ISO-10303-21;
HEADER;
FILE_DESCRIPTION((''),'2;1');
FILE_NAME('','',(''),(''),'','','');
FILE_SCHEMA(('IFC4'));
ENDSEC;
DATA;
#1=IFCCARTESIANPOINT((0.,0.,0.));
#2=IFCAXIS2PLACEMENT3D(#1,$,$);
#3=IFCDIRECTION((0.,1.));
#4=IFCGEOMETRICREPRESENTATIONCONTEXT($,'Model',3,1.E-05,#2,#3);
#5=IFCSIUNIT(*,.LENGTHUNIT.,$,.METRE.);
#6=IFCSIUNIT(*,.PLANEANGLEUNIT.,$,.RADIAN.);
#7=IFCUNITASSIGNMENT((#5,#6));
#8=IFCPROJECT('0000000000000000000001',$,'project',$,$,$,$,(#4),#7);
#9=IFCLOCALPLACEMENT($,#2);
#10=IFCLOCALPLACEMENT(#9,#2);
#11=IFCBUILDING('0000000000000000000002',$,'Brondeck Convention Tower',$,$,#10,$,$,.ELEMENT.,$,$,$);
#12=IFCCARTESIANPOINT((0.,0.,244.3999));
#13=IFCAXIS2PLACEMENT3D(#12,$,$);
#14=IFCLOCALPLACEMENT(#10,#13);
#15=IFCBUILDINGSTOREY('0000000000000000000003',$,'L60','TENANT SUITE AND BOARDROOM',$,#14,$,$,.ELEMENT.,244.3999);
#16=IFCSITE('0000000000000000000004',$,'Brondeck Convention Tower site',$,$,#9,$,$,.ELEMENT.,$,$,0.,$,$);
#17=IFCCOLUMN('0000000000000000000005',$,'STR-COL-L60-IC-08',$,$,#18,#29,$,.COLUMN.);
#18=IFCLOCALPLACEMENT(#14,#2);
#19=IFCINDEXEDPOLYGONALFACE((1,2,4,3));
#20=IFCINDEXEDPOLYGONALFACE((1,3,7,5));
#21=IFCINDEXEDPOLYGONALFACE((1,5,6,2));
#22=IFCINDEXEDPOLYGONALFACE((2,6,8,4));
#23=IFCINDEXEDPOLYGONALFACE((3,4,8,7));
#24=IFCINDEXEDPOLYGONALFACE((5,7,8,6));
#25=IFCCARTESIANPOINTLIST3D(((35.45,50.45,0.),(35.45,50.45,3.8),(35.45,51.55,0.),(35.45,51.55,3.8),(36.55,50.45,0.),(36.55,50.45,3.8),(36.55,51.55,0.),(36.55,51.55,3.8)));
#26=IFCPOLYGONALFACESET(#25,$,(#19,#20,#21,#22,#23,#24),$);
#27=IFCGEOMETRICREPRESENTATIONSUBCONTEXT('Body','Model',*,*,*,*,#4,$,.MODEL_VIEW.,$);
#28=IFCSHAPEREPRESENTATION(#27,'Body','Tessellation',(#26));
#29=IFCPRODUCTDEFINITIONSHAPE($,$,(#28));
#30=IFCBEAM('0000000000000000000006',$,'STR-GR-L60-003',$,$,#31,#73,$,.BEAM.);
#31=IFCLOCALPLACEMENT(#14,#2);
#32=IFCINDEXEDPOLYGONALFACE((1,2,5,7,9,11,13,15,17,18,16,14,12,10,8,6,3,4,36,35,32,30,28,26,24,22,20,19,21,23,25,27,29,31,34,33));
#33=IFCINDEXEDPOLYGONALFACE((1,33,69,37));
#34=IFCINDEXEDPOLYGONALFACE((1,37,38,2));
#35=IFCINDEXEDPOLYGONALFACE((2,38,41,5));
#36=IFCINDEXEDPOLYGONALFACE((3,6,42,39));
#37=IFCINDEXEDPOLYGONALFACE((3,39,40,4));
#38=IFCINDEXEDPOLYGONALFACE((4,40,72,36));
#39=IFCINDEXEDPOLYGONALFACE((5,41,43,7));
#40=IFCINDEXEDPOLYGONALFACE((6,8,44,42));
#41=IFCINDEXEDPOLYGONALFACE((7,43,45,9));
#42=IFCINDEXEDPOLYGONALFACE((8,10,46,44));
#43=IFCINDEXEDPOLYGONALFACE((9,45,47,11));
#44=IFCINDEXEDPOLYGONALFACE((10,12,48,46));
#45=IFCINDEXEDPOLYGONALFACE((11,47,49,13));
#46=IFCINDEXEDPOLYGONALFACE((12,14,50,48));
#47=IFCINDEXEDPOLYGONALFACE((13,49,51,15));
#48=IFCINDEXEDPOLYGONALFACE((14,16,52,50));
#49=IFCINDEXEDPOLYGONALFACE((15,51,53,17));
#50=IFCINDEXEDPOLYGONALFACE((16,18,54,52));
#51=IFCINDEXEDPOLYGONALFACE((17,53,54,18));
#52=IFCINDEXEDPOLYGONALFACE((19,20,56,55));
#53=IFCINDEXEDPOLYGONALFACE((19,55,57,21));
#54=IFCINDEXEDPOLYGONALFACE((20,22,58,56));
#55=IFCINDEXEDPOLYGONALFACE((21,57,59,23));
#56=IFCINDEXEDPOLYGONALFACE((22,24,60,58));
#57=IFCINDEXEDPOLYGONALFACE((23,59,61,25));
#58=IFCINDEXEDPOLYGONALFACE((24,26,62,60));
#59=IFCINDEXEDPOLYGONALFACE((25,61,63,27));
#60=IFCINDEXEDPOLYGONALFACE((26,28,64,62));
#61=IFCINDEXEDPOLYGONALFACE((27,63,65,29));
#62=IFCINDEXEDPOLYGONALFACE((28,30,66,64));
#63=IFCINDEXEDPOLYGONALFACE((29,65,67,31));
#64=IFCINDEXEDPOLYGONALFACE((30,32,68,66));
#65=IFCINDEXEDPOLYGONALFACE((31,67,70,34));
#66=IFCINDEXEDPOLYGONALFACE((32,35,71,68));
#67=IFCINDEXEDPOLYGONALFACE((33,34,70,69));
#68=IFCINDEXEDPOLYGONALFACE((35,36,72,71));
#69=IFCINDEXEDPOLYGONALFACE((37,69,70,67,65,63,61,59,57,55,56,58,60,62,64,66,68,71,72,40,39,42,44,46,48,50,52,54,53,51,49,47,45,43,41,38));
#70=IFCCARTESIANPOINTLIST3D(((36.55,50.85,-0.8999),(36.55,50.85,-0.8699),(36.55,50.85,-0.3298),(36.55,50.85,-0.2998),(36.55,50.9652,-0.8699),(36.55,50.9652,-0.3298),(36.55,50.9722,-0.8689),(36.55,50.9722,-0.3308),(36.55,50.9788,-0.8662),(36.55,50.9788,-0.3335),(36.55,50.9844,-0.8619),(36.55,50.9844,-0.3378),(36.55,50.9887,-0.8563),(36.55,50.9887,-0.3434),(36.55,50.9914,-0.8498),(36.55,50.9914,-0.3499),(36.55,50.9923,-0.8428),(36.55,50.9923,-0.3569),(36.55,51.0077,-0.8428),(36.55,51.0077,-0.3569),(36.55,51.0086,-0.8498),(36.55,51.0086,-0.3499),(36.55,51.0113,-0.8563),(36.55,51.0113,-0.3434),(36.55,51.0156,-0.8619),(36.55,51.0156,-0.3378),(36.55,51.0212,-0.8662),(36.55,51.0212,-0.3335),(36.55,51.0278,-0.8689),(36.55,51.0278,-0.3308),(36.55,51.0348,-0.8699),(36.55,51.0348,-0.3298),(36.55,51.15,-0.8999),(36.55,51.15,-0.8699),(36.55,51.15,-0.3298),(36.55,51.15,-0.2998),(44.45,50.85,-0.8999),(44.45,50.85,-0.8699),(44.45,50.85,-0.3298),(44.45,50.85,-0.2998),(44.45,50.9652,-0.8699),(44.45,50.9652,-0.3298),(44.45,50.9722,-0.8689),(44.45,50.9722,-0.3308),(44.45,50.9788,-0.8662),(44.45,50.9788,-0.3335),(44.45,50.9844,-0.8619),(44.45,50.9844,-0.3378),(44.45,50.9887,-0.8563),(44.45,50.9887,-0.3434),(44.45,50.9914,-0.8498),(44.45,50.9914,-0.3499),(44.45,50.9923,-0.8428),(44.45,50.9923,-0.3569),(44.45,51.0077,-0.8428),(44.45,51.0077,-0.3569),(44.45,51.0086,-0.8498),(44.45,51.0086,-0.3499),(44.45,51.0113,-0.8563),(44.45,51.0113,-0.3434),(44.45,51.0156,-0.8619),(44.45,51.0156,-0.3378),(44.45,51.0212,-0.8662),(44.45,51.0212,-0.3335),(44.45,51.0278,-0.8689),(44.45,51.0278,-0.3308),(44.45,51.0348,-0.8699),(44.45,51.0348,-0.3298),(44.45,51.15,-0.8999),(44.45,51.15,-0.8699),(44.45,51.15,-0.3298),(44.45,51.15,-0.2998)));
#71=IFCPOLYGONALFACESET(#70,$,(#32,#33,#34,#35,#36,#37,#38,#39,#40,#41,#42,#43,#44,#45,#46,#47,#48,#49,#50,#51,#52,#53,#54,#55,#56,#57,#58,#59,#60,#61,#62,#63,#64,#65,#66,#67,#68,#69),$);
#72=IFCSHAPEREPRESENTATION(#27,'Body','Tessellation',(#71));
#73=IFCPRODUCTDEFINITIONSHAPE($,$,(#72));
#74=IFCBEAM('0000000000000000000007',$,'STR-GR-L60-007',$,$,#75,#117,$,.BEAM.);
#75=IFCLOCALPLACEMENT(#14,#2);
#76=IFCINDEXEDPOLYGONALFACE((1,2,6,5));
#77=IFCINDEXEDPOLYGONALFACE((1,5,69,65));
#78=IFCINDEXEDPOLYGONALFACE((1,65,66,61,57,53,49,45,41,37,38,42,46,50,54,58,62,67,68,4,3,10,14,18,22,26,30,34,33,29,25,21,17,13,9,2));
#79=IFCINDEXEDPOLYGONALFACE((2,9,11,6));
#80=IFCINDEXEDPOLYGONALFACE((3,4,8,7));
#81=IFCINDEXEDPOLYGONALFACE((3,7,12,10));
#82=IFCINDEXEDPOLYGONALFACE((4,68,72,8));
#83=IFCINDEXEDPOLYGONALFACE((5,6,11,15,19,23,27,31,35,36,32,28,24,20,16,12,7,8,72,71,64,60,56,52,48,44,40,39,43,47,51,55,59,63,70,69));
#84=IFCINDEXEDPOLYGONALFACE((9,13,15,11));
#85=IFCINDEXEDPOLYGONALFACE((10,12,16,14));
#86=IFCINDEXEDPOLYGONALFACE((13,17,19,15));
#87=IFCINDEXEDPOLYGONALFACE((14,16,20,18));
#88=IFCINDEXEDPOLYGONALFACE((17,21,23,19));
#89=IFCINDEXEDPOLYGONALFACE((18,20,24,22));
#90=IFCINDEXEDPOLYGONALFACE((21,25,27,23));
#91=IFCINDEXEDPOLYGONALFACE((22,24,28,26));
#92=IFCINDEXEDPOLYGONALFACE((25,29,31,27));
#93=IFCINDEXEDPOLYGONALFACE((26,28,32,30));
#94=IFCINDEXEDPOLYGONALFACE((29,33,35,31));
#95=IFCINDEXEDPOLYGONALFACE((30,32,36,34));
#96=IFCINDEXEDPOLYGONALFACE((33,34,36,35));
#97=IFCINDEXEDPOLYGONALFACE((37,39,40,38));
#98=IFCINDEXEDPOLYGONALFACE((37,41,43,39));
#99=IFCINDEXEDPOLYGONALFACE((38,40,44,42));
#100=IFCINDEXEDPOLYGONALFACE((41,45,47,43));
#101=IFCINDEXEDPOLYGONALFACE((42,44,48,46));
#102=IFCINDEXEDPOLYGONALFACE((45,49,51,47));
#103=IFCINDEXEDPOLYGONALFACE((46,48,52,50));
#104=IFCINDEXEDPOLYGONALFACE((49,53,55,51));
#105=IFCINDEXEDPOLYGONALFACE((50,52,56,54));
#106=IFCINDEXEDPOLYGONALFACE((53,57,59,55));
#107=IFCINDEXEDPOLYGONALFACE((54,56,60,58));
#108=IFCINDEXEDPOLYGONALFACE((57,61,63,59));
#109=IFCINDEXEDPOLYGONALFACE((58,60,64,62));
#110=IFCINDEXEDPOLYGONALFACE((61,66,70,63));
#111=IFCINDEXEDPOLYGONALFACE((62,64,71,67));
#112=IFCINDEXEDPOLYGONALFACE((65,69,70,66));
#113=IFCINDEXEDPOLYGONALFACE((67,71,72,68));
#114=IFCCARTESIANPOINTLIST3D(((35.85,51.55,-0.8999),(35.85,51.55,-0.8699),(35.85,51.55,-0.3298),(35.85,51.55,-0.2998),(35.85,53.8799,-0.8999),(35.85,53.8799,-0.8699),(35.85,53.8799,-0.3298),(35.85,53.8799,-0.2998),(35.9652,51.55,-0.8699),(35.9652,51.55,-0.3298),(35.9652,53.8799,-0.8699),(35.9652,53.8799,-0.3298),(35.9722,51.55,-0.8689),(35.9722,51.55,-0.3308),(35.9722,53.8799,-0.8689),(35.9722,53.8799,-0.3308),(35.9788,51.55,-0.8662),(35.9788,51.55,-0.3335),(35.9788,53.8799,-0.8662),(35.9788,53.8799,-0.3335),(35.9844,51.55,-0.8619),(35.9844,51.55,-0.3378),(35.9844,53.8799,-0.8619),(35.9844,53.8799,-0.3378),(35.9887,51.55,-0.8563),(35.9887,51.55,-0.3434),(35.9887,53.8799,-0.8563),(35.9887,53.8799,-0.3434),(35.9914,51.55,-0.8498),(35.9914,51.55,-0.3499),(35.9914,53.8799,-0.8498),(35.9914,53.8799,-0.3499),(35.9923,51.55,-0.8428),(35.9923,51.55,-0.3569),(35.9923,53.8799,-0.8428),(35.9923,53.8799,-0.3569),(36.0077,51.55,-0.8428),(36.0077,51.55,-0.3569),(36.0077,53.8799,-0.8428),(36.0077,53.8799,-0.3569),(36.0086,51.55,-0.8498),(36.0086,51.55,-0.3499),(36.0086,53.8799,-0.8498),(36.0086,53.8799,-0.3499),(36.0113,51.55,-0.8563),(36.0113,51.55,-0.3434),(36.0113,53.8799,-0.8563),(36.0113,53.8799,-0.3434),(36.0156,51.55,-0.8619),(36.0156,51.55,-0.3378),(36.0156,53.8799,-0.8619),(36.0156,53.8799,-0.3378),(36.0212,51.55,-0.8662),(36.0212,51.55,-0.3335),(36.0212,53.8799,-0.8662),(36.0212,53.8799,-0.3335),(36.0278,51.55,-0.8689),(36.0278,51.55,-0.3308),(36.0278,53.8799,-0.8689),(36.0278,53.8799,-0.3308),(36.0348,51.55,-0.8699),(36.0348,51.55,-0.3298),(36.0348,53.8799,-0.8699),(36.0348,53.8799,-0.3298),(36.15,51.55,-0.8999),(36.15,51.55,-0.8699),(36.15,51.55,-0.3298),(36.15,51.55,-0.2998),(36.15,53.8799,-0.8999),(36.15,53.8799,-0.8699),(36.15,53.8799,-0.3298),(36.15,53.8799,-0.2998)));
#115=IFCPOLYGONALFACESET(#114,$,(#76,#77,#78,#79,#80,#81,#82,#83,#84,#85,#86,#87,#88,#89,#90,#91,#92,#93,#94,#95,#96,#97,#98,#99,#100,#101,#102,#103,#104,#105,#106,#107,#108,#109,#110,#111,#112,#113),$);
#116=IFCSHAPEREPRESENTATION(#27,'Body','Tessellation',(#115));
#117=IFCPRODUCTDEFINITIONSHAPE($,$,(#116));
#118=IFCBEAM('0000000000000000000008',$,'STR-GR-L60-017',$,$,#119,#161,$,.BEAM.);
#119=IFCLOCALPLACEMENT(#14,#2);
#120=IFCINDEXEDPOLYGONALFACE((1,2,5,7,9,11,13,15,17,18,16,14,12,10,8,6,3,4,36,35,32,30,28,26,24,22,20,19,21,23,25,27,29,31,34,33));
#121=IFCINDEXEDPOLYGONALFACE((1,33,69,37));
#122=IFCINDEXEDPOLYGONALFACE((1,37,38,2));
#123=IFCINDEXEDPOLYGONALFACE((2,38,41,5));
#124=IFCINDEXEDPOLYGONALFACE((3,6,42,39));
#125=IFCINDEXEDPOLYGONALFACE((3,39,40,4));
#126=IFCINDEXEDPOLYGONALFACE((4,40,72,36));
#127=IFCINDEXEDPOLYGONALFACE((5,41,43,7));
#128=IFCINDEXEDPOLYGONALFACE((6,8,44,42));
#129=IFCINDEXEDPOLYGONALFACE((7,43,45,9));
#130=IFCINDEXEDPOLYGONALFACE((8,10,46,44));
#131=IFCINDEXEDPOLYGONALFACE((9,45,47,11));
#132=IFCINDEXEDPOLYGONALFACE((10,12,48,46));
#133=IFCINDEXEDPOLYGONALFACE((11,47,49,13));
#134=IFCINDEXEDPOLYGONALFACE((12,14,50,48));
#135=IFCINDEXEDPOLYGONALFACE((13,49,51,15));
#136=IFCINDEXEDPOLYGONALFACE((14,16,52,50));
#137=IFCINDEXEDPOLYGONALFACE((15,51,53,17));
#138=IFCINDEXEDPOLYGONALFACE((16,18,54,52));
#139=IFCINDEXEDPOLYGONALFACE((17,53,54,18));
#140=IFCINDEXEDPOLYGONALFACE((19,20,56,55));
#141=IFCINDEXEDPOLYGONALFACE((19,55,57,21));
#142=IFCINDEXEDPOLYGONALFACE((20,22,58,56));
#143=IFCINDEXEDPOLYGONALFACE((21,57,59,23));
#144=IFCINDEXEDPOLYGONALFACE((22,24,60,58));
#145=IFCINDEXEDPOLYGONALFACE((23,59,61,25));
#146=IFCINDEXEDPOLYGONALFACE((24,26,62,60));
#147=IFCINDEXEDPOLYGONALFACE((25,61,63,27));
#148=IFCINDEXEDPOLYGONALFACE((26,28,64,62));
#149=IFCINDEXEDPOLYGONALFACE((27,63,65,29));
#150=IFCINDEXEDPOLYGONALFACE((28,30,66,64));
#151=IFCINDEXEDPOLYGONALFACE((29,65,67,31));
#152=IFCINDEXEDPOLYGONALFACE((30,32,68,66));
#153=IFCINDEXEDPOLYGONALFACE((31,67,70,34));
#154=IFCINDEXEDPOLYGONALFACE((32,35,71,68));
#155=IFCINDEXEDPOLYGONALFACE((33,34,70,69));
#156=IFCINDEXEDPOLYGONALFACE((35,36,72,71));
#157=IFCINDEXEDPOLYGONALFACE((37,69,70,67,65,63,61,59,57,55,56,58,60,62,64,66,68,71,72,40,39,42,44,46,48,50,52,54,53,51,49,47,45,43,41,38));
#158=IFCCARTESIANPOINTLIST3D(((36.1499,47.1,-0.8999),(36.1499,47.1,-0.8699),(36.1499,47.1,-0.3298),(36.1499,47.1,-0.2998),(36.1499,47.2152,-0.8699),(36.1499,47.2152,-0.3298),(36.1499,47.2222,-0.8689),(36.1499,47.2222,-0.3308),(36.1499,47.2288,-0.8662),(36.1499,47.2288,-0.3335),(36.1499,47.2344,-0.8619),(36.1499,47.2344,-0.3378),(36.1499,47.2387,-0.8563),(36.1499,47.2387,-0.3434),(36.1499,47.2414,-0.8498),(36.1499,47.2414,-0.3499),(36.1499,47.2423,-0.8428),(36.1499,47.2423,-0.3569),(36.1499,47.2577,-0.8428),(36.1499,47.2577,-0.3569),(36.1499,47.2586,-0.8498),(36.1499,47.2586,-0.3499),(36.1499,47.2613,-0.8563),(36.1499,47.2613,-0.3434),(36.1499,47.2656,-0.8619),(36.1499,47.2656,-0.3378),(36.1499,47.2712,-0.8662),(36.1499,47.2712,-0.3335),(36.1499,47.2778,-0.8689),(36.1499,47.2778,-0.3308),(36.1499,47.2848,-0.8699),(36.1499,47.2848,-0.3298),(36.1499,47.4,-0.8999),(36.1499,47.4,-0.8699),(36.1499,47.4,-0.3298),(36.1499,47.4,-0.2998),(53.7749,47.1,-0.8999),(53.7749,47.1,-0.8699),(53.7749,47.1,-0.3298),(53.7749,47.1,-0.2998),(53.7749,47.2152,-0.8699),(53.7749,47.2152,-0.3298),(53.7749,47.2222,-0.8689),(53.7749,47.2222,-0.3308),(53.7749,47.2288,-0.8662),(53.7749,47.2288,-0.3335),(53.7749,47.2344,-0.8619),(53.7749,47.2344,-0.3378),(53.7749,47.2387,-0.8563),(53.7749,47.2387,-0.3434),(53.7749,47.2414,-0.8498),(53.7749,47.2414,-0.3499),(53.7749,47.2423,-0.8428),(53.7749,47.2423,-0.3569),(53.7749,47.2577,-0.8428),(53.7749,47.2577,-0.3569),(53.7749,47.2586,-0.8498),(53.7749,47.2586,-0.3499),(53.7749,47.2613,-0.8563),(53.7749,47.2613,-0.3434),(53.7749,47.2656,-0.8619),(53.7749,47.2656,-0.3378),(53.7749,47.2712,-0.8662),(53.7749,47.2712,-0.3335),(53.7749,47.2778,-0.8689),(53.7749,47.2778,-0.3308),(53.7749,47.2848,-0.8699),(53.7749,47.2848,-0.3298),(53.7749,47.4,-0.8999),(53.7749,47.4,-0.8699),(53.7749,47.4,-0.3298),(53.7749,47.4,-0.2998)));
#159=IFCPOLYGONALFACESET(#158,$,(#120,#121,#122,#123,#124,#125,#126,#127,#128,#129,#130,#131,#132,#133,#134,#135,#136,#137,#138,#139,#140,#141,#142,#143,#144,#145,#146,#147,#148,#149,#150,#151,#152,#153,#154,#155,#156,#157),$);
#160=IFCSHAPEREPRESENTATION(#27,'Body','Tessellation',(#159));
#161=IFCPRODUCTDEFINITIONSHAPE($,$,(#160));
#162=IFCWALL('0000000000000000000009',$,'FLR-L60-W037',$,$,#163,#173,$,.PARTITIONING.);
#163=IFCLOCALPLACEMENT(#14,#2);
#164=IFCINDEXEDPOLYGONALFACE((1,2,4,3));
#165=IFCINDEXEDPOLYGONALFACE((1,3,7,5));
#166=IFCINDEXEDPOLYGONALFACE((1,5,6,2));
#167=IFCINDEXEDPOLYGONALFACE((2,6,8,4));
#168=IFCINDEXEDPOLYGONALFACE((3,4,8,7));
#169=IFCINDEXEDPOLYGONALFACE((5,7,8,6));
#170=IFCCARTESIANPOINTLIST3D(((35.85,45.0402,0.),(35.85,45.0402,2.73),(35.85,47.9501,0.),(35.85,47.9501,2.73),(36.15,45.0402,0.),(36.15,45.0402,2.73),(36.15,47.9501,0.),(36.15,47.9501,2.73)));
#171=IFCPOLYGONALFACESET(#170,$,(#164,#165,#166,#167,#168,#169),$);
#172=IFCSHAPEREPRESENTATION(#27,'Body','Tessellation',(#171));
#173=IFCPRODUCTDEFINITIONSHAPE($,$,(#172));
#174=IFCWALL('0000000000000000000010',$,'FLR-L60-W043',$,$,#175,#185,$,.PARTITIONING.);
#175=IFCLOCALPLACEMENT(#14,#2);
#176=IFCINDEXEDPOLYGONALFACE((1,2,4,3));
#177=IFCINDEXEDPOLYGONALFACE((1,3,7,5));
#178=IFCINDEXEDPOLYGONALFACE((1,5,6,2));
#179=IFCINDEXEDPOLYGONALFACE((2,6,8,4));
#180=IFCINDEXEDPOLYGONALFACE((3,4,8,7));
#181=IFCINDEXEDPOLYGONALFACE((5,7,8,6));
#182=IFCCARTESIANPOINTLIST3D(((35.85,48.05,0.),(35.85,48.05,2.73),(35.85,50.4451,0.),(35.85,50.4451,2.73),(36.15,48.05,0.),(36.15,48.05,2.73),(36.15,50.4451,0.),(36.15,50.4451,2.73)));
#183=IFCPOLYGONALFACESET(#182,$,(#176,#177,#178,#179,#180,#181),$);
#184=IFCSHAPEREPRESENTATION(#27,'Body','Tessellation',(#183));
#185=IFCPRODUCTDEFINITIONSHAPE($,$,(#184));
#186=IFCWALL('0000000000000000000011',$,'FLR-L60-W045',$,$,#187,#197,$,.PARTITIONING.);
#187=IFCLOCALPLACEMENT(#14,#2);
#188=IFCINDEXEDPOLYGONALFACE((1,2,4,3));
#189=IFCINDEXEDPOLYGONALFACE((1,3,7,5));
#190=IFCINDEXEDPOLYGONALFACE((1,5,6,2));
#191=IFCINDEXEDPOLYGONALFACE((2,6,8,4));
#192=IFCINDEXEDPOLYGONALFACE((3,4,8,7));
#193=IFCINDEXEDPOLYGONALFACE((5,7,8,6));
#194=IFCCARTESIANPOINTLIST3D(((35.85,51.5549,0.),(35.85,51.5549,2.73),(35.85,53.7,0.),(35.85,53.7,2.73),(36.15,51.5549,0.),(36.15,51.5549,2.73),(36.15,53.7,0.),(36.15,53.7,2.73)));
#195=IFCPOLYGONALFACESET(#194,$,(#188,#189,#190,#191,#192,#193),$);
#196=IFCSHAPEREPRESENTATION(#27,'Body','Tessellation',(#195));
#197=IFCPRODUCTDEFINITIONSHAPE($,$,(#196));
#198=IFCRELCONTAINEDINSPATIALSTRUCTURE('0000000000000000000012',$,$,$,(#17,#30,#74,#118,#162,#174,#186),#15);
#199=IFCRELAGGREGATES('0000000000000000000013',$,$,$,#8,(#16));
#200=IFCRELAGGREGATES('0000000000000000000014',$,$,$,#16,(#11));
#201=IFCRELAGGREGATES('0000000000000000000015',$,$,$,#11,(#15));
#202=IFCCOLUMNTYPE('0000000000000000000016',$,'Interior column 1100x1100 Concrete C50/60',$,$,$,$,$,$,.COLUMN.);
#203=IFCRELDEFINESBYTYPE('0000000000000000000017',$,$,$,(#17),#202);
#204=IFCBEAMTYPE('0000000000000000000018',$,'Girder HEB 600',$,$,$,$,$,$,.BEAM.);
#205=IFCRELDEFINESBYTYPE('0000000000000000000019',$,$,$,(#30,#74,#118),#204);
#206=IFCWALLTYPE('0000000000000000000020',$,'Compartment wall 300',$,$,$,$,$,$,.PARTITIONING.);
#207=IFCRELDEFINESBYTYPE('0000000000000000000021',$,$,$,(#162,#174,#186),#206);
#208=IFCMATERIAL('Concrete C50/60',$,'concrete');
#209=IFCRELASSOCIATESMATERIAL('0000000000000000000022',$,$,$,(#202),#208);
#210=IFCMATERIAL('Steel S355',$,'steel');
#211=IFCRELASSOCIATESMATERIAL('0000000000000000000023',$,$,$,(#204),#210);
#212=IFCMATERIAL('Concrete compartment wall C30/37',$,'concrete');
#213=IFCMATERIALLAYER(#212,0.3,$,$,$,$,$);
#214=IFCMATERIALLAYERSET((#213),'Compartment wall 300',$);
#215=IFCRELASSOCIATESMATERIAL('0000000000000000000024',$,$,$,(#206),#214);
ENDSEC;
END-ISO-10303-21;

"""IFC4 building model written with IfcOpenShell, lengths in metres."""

from ifc_helpers import new_model, si_unit, direction, frame, frame_2d, origin, origin_2d, place, context, subcontext, project, spatial, rectangle, i_section, extrude, material, layer, layer_set, material_profile, profile_set, type_object, element, save


model = new_model("IFC4")

# Units and contexts
model_context = context("Model", 3, precision=1e-05, world=origin(), true_north=direction((0.0, 1.0)))
body_context = subcontext(model_context, "Body", "Model", "MODEL_VIEW")
ifc_project = project(units=[si_unit("LENGTHUNIT", "METRE"), si_unit("PLANEANGLEUNIT", "RADIAN")], contexts=[model_context])

# Site, building, storey
site_placement = place(None, origin())
site = spatial("IfcSite", under=ifc_project, at=site_placement, Name="Brondeck Convention Tower site", CompositionType="ELEMENT", RefElevation=0.0)
building_placement = place(site_placement, origin())
building = spatial("IfcBuilding", under=site, at=building_placement, Name="Brondeck Convention Tower", CompositionType="ELEMENT")
storey_placement = place(building_placement, frame((0.0, 0.0, 244.3999)))
storey = spatial("IfcBuildingStorey", under=building, at=storey_placement, Name="L60", Description="TENANT SUITE AND BOARDROOM", CompositionType="ELEMENT", Elevation=244.3999)

# Column
ifc_material_1 = material(Name="Concrete C50/60", Category="concrete")
ifc_material_profile_1 = material_profile(ifc_material_1, rectangle(XDim=1.1001, YDim=1.1001, at=origin_2d()), Name="Interior column 1100x1100 Concrete C50/60")
ifc_profile_set_1 = profile_set([ifc_material_profile_1], Name="Concrete C50/60")
column_type = type_object("IfcColumnType", Name="Interior column 1100x1100 Concrete C50/60", PredefinedType="COLUMN", material=ifc_profile_set_1)
column_placement = place(storey_placement, frame((36.0, 51.0, 0.0), z_axis=(0.0, 0.0, 1.0), x_axis=(1.0, 0.0, 0.0)))
element("IfcColumn", 1, at=column_placement, inside=storey, type_object=column_type, Name="STR-COL-L60-IC-08", PredefinedType="COLUMN", context=body_context, shape_type="SweptSolid", body=[
    extrude(rectangle(XDim=1.1001, YDim=1.1001, at=origin_2d()), origin(), (0.0, 0.0, 1.0), 3.8),
])

# Beams
ifc_material_2 = material(Name="Steel S355", Category="steel")
ifc_material_profile_2 = material_profile(ifc_material_2, i_section(OverallWidth=0.3, OverallDepth=0.6001, WebThickness=0.0154, FlangeThickness=0.03, FilletRadius=0.0271, at=origin_2d()), Name="HEB 600")
ifc_profile_set_2 = profile_set([ifc_material_profile_2], Name="Steel S355")
beam_type = type_object("IfcBeamType", Name="Girder HEB 600", PredefinedType="BEAM", material=ifc_profile_set_2)
beam_1_placement = place(storey_placement, frame((36.55, 51.0, -0.5999), z_axis=(1.0, 0.0, 0.0), x_axis=(0.0, 1.0, 0.0)))
element("IfcBeam", 2, at=beam_1_placement, inside=storey, type_object=beam_type, Name="STR-GR-L60-003", PredefinedType="BEAM", context=body_context, shape_type="SweptSolid", body=[
    extrude(i_section(OverallWidth=0.3, OverallDepth=0.6001, WebThickness=0.0154, FlangeThickness=0.03, FilletRadius=0.0271, at=origin_2d()), origin(), (0.0, 0.0, 1.0), 7.8999),
])
beam_2_placement = place(storey_placement, frame((36.0, 51.55, -0.5999), z_axis=(0.0, 1.0, 0.0), x_axis=(-1.0, 0.0, 0.0)))
element("IfcBeam", 3, at=beam_2_placement, inside=storey, type_object=beam_type, Name="STR-GR-L60-007", PredefinedType="BEAM", context=body_context, shape_type="SweptSolid", body=[
    extrude(i_section(OverallWidth=0.3, OverallDepth=0.6001, WebThickness=0.0154, FlangeThickness=0.03, FilletRadius=0.0271, at=origin_2d()), origin(), (0.0, 0.0, 1.0), 2.3298),
])
beam_3_placement = place(storey_placement, frame((36.1499, 47.25, -0.5999), z_axis=(1.0, 0.0, 0.0), x_axis=(0.0, 1.0, 0.0)))
element("IfcBeam", 4, at=beam_3_placement, inside=storey, type_object=beam_type, Name="STR-GR-L60-017", PredefinedType="BEAM", context=body_context, shape_type="SweptSolid", body=[
    extrude(i_section(OverallWidth=0.3, OverallDepth=0.6001, WebThickness=0.0154, FlangeThickness=0.03, FilletRadius=0.0271, at=origin_2d()), origin(), (0.0, 0.0, 1.0), 17.625),
])

# Walls
ifc_material_3 = material(Name="Concrete compartment wall C30/37", Category="concrete")
ifc_layer_1 = layer(ifc_material_3, 0.3)
ifc_layer_set_1 = layer_set([ifc_layer_1], Name="Compartment wall 300")
wall_type_1 = type_object("IfcWallType", Name="Compartment wall 300", PredefinedType="PARTITIONING", material=ifc_layer_set_1)
wall_1_placement = place(storey_placement, frame((36.0, 45.04, 0.0), z_axis=(0.0, 0.0, 1.0), x_axis=(0.0, 1.0, 0.0)))
element("IfcWall", 5, at=wall_1_placement, inside=storey, type_object=wall_type_1, Name="FLR-L60-W037", PredefinedType="PARTITIONING", context=body_context, shape_type="SweptSolid", body=[
    extrude(rectangle(XDim=2.9099, YDim=0.3, at=frame_2d((1.4551, 0.0))), origin(), (0.0, 0.0, 1.0), 2.73),
])
wall_2_placement = place(storey_placement, frame((36.0, 48.05, 0.0), z_axis=(0.0, 0.0, 1.0), x_axis=(0.0, 1.0, 0.0)))
element("IfcWall", 6, at=wall_2_placement, inside=storey, type_object=wall_type_1, Name="FLR-L60-W043", PredefinedType="PARTITIONING", context=body_context, shape_type="SweptSolid", body=[
    extrude(rectangle(XDim=2.395, YDim=0.3, at=frame_2d((1.1975, 0.0))), origin(), (0.0, 0.0, 1.0), 2.73),
])
wall_3_placement = place(storey_placement, frame((36.0, 51.5549, 0.0), z_axis=(0.0, 0.0, 1.0), x_axis=(0.0, 1.0, 0.0)))
element("IfcWall", 7, at=wall_3_placement, inside=storey, type_object=wall_type_1, Name="FLR-L60-W045", PredefinedType="PARTITIONING", context=body_context, shape_type="SweptSolid", body=[
    extrude(rectangle(XDim=2.145, YDim=0.3, at=frame_2d((1.0725, 0.0))), origin(), (0.0, 0.0, 1.0), 2.73),
])

save(model, "model.ifc")
